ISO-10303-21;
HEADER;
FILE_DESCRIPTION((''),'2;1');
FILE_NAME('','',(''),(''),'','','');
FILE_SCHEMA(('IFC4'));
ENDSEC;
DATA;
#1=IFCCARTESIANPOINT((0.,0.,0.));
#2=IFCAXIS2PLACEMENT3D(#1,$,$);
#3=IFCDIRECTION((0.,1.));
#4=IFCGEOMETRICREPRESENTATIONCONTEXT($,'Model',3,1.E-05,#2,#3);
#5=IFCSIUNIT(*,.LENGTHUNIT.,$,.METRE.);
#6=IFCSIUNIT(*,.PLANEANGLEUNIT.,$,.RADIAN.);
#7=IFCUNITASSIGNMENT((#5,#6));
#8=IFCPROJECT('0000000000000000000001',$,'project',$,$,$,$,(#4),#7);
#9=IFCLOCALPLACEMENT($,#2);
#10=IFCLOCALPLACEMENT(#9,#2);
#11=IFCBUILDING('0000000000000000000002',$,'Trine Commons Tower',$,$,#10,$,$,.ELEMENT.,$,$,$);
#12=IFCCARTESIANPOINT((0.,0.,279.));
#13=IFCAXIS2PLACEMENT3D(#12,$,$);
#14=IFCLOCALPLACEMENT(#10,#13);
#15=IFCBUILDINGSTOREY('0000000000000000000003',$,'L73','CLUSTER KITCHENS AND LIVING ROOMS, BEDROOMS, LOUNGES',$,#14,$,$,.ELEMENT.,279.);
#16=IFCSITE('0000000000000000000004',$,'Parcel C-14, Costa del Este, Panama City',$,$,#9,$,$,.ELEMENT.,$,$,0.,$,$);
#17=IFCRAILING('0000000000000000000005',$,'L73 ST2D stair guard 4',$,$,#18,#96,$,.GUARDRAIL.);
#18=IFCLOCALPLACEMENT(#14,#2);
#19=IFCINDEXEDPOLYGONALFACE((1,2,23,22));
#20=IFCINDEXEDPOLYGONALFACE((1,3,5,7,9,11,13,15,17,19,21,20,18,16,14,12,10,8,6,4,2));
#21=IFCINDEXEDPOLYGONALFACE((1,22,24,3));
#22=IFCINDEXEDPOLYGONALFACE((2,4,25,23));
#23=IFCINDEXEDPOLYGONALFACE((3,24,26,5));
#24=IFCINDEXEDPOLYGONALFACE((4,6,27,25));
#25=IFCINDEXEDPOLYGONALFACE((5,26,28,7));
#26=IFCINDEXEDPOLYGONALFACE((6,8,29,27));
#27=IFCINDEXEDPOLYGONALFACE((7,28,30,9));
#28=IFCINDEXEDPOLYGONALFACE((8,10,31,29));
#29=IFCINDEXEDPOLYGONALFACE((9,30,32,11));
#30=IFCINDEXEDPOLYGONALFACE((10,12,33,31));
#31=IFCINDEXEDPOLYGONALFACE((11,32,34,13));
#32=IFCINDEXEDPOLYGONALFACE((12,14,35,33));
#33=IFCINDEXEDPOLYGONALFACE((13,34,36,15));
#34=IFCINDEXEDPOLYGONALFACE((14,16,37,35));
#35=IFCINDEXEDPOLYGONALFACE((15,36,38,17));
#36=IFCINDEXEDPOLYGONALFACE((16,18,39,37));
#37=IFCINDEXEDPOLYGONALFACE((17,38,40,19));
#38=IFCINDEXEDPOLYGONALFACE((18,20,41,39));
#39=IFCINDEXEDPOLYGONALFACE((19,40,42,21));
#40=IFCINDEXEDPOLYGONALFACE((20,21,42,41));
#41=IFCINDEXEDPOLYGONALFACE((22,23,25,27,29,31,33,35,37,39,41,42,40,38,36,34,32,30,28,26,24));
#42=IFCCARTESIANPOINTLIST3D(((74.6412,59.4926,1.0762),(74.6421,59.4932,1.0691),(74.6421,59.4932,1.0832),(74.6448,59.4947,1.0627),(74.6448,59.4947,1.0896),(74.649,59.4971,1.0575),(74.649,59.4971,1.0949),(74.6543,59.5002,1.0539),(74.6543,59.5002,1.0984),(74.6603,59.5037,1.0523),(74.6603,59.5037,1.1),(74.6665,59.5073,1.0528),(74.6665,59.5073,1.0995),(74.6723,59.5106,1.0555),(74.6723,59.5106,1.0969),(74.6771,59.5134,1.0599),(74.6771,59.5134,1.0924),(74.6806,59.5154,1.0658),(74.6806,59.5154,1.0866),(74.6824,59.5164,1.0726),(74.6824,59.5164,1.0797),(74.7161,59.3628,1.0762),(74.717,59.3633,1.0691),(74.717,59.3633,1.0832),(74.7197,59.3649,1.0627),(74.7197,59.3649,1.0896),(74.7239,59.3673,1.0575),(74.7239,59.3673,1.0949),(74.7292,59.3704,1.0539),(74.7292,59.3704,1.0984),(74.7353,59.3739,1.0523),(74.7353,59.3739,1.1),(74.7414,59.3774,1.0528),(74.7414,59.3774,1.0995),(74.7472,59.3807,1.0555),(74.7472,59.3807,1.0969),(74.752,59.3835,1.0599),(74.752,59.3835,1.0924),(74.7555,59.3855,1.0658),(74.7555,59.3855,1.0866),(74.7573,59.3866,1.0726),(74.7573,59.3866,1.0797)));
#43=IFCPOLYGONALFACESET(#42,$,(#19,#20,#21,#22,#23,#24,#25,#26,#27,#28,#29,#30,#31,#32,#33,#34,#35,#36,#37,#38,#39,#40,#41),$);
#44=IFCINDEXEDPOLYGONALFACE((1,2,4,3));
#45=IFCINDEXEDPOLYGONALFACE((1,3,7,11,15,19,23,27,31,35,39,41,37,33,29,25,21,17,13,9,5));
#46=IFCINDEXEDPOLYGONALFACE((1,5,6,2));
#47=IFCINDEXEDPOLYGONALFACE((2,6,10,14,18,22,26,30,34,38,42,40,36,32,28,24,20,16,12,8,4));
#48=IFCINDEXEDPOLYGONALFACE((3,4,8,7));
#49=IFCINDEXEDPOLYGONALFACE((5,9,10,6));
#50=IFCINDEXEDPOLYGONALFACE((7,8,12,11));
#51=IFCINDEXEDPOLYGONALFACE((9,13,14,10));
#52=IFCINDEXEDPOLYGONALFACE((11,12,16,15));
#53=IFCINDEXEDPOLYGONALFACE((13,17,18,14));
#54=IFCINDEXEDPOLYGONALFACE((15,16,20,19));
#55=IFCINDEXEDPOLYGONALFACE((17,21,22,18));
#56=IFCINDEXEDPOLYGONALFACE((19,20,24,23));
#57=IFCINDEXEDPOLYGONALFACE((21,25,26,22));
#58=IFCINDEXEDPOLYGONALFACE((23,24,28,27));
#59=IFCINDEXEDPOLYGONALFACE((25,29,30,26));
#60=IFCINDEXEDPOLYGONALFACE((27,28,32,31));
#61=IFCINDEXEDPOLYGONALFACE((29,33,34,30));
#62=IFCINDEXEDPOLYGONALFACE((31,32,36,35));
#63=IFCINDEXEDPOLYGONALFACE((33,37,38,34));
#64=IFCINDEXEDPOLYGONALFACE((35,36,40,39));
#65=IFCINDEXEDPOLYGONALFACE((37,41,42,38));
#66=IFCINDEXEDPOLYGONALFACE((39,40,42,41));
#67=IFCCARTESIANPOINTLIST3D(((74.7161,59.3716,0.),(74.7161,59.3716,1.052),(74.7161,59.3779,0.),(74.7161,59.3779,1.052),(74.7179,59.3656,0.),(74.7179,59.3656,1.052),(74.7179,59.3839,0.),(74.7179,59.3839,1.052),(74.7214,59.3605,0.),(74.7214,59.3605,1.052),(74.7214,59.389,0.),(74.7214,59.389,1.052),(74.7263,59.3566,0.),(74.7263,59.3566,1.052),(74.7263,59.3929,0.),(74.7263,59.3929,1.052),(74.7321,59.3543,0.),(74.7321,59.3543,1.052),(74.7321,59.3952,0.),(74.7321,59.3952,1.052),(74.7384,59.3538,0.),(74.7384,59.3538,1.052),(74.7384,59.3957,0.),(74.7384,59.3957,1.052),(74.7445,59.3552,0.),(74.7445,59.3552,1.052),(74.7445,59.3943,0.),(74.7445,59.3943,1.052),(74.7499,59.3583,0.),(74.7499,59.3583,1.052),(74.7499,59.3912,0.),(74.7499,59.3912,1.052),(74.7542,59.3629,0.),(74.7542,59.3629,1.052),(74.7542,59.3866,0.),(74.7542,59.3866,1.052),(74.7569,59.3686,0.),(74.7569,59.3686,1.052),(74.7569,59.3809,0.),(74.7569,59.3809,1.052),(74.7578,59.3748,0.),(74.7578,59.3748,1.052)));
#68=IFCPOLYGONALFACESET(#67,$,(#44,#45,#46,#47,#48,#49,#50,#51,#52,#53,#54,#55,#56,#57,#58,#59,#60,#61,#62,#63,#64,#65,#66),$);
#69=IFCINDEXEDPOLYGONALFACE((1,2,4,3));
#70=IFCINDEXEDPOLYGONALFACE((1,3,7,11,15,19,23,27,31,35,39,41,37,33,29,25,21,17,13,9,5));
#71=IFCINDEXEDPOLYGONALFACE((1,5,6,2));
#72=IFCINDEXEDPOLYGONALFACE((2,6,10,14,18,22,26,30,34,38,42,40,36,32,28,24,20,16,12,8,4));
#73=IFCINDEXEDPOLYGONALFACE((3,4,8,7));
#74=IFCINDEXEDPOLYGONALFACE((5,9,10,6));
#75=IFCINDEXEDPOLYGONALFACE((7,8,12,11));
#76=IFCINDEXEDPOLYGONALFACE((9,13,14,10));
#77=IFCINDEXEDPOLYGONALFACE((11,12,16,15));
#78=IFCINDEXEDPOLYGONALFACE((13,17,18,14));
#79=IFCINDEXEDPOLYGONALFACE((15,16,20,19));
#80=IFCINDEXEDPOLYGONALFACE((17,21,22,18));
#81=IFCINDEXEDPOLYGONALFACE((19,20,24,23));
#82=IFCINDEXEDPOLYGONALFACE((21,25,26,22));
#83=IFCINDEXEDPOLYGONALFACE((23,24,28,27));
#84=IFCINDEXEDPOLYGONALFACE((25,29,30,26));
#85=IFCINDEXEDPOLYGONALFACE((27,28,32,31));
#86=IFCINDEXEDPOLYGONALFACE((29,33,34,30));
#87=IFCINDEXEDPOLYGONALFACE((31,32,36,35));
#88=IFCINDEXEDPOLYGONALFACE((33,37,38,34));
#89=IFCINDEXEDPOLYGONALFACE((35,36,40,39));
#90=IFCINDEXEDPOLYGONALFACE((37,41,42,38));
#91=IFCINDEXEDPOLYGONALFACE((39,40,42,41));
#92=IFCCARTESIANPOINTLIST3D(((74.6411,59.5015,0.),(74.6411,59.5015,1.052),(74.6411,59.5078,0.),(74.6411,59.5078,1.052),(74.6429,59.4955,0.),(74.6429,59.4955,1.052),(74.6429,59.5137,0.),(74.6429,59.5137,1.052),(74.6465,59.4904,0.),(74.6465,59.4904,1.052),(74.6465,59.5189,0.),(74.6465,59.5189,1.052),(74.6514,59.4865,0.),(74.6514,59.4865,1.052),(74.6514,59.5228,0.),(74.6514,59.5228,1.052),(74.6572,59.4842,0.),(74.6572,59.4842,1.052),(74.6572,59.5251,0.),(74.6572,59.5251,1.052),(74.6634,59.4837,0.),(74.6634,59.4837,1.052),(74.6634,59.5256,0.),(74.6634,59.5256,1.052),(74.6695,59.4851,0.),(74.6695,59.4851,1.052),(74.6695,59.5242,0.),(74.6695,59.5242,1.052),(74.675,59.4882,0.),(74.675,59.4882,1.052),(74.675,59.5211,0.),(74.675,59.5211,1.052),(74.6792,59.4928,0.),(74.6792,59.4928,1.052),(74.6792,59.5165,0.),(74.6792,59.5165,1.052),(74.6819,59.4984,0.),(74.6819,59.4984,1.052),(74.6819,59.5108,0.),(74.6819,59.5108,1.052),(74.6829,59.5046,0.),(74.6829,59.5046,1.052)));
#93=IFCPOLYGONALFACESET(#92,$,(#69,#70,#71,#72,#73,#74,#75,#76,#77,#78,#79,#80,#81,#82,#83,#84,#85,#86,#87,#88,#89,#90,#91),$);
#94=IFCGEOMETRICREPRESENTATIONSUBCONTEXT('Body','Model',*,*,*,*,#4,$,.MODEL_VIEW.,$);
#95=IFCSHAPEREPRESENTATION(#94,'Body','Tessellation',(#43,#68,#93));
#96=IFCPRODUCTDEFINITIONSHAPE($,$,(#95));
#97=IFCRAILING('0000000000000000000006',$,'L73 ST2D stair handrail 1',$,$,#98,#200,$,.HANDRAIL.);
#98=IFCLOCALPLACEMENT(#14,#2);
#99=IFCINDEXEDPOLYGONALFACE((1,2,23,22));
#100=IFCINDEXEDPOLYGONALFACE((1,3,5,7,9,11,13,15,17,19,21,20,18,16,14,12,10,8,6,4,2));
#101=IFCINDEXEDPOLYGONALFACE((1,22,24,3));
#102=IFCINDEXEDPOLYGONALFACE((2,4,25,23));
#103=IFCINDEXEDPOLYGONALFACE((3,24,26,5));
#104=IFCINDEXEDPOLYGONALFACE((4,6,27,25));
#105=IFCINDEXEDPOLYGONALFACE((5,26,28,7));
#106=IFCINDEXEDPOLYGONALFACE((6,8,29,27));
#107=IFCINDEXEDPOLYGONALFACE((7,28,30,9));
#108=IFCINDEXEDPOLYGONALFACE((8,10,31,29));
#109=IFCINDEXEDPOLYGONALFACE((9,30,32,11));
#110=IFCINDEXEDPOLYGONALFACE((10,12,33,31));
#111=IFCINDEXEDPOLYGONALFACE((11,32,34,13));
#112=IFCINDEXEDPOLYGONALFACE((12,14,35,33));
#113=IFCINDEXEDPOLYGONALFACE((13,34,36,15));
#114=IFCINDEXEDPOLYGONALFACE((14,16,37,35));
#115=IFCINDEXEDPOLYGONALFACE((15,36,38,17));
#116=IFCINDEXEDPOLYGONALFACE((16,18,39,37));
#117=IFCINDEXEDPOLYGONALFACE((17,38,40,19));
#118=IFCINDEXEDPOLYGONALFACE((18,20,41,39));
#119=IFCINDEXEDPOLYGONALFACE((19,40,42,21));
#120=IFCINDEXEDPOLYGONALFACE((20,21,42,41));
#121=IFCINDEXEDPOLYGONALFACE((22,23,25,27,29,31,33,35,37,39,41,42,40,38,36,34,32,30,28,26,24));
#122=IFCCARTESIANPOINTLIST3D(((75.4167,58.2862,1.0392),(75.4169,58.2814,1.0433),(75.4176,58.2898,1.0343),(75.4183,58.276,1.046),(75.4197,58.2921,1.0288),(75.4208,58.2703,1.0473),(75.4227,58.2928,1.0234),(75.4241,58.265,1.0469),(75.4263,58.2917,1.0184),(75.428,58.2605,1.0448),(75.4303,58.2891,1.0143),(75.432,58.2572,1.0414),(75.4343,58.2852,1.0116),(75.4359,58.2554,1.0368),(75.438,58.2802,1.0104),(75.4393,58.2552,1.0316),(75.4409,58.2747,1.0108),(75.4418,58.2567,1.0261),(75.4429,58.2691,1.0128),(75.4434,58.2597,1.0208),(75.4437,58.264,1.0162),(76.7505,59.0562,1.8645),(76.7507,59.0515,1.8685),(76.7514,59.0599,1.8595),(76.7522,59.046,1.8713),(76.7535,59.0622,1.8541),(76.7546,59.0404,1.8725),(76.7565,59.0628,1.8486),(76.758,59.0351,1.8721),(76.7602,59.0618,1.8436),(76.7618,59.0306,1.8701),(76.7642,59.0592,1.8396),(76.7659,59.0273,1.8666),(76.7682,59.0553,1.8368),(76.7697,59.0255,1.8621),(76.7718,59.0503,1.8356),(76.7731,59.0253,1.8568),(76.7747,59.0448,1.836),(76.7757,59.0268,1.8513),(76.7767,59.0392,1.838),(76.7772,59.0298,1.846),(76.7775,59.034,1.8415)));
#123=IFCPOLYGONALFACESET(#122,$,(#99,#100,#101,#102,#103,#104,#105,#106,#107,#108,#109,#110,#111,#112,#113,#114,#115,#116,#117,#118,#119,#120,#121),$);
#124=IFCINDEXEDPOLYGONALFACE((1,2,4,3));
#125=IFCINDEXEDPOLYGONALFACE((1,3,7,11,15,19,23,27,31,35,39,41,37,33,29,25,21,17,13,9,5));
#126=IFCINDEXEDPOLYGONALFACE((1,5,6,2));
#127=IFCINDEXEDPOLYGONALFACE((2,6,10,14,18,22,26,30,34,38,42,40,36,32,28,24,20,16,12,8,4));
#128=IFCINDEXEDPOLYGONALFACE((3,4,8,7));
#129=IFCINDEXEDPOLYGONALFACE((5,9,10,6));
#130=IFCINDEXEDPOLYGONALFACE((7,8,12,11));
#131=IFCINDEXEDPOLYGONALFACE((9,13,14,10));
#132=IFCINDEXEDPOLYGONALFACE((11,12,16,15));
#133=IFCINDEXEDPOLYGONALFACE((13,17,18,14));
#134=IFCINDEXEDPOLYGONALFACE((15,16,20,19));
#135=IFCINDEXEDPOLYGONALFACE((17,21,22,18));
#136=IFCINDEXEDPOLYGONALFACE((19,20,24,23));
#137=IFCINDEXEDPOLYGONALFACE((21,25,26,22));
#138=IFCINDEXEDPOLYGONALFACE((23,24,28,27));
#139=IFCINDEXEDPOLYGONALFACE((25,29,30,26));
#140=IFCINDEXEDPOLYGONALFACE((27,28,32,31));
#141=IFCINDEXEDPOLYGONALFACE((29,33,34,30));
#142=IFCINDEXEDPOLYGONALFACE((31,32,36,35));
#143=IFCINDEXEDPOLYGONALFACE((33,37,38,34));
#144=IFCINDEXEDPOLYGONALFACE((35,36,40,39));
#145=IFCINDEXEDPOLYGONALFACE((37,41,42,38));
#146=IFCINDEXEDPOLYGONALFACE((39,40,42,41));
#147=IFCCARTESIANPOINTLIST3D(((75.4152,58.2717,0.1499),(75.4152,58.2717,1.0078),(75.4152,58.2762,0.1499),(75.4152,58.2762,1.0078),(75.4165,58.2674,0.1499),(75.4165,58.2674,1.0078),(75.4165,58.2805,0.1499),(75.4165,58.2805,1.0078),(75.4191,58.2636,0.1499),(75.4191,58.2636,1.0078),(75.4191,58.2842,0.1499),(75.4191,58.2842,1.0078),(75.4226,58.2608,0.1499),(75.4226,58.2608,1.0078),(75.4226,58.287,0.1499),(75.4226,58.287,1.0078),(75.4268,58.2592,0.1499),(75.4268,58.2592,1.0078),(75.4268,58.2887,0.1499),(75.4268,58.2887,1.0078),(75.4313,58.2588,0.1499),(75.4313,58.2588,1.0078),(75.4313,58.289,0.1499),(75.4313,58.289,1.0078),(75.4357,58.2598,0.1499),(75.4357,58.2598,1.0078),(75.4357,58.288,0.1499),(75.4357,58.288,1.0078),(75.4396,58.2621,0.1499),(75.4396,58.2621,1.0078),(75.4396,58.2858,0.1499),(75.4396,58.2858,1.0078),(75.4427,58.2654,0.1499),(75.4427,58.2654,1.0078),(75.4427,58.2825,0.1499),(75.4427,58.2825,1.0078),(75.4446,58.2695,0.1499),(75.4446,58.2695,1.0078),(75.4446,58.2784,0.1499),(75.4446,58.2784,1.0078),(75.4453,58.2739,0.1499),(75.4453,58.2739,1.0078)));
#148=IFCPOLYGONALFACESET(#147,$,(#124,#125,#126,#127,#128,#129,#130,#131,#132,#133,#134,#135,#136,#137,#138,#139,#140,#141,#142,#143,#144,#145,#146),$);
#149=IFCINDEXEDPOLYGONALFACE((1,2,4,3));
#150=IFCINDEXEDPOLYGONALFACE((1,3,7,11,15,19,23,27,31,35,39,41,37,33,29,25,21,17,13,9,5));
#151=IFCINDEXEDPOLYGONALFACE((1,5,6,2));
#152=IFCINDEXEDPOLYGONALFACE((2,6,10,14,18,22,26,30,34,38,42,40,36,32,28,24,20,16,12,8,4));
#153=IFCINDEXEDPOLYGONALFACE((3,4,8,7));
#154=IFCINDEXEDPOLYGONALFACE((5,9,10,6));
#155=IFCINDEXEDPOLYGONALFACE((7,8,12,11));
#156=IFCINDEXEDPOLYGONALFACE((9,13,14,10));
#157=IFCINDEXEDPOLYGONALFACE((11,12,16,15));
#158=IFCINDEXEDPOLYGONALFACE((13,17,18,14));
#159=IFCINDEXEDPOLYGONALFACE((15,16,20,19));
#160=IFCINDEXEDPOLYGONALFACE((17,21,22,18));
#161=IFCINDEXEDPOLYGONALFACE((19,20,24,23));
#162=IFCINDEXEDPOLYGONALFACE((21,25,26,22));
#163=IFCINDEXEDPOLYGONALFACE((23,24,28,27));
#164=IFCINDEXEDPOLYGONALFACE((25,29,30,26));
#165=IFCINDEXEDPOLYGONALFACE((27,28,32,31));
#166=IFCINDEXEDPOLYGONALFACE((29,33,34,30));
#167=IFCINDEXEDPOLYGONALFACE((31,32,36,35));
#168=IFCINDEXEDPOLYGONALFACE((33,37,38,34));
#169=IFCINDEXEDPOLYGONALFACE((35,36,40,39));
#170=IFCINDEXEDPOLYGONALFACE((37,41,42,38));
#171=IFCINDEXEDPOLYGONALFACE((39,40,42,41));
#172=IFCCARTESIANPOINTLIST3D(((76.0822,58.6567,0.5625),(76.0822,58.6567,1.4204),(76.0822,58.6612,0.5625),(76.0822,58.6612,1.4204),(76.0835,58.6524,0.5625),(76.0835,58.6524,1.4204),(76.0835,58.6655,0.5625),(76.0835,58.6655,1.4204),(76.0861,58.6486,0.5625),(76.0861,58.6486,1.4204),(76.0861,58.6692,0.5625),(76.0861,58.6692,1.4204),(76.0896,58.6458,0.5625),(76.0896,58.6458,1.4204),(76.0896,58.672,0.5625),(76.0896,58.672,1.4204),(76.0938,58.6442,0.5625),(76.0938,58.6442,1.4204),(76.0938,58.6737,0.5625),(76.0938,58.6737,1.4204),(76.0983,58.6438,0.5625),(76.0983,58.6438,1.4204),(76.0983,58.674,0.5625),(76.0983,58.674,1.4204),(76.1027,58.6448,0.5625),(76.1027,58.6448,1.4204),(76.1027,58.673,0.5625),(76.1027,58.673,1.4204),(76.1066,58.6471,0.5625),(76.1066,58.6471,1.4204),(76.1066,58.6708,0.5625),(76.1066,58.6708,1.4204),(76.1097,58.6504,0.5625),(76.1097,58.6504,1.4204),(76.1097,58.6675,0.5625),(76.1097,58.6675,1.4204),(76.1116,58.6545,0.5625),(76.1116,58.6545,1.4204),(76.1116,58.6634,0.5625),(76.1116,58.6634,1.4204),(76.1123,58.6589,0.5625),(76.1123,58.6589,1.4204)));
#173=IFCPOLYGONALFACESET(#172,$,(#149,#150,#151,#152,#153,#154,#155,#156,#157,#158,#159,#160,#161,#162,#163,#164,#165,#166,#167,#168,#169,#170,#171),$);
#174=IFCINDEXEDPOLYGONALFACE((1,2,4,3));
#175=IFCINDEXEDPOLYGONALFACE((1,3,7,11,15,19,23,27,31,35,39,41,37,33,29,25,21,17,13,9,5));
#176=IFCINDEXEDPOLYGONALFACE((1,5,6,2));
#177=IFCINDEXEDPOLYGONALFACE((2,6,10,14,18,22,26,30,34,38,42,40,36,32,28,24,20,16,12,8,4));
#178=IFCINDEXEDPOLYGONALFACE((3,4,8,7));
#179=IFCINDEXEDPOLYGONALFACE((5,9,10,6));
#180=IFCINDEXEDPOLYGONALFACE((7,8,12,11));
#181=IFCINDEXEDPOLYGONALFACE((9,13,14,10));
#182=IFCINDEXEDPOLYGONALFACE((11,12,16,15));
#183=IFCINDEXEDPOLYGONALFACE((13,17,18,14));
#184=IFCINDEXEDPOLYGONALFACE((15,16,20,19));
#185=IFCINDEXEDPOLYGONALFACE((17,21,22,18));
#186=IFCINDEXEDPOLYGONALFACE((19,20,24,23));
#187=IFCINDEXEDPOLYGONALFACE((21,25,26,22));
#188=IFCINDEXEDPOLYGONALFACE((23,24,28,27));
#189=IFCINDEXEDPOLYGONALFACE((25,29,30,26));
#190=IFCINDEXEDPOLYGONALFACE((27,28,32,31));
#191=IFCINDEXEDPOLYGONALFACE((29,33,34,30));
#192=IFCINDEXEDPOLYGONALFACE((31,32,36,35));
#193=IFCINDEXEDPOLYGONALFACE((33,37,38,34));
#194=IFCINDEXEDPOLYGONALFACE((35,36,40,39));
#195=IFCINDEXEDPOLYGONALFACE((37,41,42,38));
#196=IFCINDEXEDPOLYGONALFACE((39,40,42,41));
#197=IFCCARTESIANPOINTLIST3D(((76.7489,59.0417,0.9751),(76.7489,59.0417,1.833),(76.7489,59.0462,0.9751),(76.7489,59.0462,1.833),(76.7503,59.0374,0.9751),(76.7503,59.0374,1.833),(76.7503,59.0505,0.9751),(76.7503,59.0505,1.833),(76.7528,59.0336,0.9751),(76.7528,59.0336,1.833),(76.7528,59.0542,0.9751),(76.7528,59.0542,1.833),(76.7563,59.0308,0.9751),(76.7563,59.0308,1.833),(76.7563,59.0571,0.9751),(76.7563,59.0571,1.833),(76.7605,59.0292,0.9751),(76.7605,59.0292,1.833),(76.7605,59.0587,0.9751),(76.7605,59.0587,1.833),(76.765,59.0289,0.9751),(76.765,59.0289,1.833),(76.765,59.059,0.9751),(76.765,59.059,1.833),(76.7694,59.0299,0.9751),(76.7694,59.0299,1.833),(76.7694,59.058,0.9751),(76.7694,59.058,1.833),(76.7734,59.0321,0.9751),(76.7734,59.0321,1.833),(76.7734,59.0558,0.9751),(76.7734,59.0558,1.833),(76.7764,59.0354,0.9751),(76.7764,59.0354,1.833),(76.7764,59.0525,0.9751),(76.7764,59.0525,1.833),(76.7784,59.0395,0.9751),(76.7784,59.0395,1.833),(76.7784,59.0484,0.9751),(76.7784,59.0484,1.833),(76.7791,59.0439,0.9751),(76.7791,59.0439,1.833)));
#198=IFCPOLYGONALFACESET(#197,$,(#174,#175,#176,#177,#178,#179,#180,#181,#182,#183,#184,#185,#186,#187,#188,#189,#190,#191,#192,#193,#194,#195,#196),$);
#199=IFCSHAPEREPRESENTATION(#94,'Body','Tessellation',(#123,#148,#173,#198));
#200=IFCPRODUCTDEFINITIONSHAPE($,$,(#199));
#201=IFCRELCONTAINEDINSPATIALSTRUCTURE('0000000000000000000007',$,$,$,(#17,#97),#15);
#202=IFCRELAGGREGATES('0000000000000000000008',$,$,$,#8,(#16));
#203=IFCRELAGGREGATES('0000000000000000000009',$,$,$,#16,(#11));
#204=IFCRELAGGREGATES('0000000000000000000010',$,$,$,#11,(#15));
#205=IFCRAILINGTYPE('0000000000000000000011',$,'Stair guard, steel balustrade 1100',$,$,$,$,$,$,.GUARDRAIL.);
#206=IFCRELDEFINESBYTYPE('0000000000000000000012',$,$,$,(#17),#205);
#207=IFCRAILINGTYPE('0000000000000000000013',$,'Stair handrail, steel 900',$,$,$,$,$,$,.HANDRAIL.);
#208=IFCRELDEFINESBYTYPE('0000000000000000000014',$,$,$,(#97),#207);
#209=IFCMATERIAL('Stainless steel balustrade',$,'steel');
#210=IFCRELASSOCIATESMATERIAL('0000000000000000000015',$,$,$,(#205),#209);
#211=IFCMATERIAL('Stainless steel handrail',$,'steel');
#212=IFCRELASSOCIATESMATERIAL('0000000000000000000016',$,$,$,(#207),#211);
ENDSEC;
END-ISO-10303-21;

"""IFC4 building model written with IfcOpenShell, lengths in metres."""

from ifc_helpers import new_model, si_unit, direction, frame, origin, origin_2d, place, context, subcontext, project, spatial, circle, extrude, material, type_object, element, save


model = new_model("IFC4")

# Units and contexts
model_context = context("Model", 3, precision=1e-05, world=origin(), true_north=direction((0.0, 1.0)))
body_context = subcontext(model_context, "Body", "Model", "MODEL_VIEW")
ifc_project = project(units=[si_unit("LENGTHUNIT", "METRE"), si_unit("PLANEANGLEUNIT", "RADIAN")], contexts=[model_context])

# Site, building, storey
site_placement = place(None, origin())
site = spatial("IfcSite", under=ifc_project, at=site_placement, Name="Parcel C-14, Costa del Este, Panama City", CompositionType="ELEMENT", RefElevation=0.0)
building_placement = place(site_placement, origin())
building = spatial("IfcBuilding", under=site, at=building_placement, Name="Trine Commons Tower", CompositionType="ELEMENT")
storey_placement = place(building_placement, frame((0.0, 0.0, 279.0)))
storey = spatial("IfcBuildingStorey", under=building, at=storey_placement, Name="L73", Description="CLUSTER KITCHENS AND LIVING ROOMS, BEDROOMS, LOUNGES", CompositionType="ELEMENT", Elevation=279.0)

# Railings
ifc_material_1 = material(Name="Stainless steel balustrade", Category="steel")
railing_type_1 = type_object("IfcRailingType", Name="Stair guard, steel balustrade 1100", PredefinedType="GUARDRAIL", material=ifc_material_1)
railing_1_placement = place(storey_placement, frame((74.7368, 59.3748, 0.0)))
element("IfcRailing", 1, at=railing_1_placement, inside=storey, type_object=railing_type_1, Name="L73 ST2D stair guard 4", PredefinedType="GUARDRAIL", context=body_context, shape_type="SweptSolid", body=[
    extrude(circle(Radius=0.0239, at=origin_2d()), frame((0.0, 0.0, 1.0762), z_axis=(-0.499816, 0.866131, 0.0), x_axis=(-0.866131, -0.499816, 0.0)), (0.0, 0.0, 1.0), 0.1499),
    extrude(circle(Radius=0.021, at=origin_2d()), origin(), (0.0, 0.0, 1.0), 1.052),
    extrude(circle(Radius=0.021, at=origin_2d()), frame((-0.075, 0.1299, 0.0)), (0.0, 0.0, 1.0), 1.052),
])
ifc_material_2 = material(Name="Stainless steel handrail", Category="steel")
railing_type_2 = type_object("IfcRailingType", Name="Stair handrail, steel 900", PredefinedType="HANDRAIL", material=ifc_material_2)
railing_2_placement = place(storey_placement, frame((75.4302, 58.2739, 0.1499)))
element("IfcRailing", 2, at=railing_2_placement, inside=storey, type_object=railing_type_2, Name="L73 ST2D stair handrail 1", PredefinedType="HANDRAIL", context=body_context, shape_type="SweptSolid", body=[
    extrude(circle(Radius=0.021, at=origin_2d()), frame((0.0, 0.0, 0.8789), z_axis=(0.763355, 0.440714, 0.472293), x_axis=(-0.499992, 0.86603, 0.0)), (0.0, 0.0, 1.0), 1.7473),
    extrude(circle(Radius=0.0151, at=origin_2d()), origin(), (0.0, 0.0, 1.0), 0.8579),
    extrude(circle(Radius=0.0151, at=origin_2d()), frame((0.667, 0.385, 0.4126)), (0.0, 0.0, 1.0), 0.8579),
    extrude(circle(Radius=0.0151, at=origin_2d()), frame((1.3337, 0.77, 0.8252)), (0.0, 0.0, 1.0), 0.8579),
])

save(model, "model.ifc")
